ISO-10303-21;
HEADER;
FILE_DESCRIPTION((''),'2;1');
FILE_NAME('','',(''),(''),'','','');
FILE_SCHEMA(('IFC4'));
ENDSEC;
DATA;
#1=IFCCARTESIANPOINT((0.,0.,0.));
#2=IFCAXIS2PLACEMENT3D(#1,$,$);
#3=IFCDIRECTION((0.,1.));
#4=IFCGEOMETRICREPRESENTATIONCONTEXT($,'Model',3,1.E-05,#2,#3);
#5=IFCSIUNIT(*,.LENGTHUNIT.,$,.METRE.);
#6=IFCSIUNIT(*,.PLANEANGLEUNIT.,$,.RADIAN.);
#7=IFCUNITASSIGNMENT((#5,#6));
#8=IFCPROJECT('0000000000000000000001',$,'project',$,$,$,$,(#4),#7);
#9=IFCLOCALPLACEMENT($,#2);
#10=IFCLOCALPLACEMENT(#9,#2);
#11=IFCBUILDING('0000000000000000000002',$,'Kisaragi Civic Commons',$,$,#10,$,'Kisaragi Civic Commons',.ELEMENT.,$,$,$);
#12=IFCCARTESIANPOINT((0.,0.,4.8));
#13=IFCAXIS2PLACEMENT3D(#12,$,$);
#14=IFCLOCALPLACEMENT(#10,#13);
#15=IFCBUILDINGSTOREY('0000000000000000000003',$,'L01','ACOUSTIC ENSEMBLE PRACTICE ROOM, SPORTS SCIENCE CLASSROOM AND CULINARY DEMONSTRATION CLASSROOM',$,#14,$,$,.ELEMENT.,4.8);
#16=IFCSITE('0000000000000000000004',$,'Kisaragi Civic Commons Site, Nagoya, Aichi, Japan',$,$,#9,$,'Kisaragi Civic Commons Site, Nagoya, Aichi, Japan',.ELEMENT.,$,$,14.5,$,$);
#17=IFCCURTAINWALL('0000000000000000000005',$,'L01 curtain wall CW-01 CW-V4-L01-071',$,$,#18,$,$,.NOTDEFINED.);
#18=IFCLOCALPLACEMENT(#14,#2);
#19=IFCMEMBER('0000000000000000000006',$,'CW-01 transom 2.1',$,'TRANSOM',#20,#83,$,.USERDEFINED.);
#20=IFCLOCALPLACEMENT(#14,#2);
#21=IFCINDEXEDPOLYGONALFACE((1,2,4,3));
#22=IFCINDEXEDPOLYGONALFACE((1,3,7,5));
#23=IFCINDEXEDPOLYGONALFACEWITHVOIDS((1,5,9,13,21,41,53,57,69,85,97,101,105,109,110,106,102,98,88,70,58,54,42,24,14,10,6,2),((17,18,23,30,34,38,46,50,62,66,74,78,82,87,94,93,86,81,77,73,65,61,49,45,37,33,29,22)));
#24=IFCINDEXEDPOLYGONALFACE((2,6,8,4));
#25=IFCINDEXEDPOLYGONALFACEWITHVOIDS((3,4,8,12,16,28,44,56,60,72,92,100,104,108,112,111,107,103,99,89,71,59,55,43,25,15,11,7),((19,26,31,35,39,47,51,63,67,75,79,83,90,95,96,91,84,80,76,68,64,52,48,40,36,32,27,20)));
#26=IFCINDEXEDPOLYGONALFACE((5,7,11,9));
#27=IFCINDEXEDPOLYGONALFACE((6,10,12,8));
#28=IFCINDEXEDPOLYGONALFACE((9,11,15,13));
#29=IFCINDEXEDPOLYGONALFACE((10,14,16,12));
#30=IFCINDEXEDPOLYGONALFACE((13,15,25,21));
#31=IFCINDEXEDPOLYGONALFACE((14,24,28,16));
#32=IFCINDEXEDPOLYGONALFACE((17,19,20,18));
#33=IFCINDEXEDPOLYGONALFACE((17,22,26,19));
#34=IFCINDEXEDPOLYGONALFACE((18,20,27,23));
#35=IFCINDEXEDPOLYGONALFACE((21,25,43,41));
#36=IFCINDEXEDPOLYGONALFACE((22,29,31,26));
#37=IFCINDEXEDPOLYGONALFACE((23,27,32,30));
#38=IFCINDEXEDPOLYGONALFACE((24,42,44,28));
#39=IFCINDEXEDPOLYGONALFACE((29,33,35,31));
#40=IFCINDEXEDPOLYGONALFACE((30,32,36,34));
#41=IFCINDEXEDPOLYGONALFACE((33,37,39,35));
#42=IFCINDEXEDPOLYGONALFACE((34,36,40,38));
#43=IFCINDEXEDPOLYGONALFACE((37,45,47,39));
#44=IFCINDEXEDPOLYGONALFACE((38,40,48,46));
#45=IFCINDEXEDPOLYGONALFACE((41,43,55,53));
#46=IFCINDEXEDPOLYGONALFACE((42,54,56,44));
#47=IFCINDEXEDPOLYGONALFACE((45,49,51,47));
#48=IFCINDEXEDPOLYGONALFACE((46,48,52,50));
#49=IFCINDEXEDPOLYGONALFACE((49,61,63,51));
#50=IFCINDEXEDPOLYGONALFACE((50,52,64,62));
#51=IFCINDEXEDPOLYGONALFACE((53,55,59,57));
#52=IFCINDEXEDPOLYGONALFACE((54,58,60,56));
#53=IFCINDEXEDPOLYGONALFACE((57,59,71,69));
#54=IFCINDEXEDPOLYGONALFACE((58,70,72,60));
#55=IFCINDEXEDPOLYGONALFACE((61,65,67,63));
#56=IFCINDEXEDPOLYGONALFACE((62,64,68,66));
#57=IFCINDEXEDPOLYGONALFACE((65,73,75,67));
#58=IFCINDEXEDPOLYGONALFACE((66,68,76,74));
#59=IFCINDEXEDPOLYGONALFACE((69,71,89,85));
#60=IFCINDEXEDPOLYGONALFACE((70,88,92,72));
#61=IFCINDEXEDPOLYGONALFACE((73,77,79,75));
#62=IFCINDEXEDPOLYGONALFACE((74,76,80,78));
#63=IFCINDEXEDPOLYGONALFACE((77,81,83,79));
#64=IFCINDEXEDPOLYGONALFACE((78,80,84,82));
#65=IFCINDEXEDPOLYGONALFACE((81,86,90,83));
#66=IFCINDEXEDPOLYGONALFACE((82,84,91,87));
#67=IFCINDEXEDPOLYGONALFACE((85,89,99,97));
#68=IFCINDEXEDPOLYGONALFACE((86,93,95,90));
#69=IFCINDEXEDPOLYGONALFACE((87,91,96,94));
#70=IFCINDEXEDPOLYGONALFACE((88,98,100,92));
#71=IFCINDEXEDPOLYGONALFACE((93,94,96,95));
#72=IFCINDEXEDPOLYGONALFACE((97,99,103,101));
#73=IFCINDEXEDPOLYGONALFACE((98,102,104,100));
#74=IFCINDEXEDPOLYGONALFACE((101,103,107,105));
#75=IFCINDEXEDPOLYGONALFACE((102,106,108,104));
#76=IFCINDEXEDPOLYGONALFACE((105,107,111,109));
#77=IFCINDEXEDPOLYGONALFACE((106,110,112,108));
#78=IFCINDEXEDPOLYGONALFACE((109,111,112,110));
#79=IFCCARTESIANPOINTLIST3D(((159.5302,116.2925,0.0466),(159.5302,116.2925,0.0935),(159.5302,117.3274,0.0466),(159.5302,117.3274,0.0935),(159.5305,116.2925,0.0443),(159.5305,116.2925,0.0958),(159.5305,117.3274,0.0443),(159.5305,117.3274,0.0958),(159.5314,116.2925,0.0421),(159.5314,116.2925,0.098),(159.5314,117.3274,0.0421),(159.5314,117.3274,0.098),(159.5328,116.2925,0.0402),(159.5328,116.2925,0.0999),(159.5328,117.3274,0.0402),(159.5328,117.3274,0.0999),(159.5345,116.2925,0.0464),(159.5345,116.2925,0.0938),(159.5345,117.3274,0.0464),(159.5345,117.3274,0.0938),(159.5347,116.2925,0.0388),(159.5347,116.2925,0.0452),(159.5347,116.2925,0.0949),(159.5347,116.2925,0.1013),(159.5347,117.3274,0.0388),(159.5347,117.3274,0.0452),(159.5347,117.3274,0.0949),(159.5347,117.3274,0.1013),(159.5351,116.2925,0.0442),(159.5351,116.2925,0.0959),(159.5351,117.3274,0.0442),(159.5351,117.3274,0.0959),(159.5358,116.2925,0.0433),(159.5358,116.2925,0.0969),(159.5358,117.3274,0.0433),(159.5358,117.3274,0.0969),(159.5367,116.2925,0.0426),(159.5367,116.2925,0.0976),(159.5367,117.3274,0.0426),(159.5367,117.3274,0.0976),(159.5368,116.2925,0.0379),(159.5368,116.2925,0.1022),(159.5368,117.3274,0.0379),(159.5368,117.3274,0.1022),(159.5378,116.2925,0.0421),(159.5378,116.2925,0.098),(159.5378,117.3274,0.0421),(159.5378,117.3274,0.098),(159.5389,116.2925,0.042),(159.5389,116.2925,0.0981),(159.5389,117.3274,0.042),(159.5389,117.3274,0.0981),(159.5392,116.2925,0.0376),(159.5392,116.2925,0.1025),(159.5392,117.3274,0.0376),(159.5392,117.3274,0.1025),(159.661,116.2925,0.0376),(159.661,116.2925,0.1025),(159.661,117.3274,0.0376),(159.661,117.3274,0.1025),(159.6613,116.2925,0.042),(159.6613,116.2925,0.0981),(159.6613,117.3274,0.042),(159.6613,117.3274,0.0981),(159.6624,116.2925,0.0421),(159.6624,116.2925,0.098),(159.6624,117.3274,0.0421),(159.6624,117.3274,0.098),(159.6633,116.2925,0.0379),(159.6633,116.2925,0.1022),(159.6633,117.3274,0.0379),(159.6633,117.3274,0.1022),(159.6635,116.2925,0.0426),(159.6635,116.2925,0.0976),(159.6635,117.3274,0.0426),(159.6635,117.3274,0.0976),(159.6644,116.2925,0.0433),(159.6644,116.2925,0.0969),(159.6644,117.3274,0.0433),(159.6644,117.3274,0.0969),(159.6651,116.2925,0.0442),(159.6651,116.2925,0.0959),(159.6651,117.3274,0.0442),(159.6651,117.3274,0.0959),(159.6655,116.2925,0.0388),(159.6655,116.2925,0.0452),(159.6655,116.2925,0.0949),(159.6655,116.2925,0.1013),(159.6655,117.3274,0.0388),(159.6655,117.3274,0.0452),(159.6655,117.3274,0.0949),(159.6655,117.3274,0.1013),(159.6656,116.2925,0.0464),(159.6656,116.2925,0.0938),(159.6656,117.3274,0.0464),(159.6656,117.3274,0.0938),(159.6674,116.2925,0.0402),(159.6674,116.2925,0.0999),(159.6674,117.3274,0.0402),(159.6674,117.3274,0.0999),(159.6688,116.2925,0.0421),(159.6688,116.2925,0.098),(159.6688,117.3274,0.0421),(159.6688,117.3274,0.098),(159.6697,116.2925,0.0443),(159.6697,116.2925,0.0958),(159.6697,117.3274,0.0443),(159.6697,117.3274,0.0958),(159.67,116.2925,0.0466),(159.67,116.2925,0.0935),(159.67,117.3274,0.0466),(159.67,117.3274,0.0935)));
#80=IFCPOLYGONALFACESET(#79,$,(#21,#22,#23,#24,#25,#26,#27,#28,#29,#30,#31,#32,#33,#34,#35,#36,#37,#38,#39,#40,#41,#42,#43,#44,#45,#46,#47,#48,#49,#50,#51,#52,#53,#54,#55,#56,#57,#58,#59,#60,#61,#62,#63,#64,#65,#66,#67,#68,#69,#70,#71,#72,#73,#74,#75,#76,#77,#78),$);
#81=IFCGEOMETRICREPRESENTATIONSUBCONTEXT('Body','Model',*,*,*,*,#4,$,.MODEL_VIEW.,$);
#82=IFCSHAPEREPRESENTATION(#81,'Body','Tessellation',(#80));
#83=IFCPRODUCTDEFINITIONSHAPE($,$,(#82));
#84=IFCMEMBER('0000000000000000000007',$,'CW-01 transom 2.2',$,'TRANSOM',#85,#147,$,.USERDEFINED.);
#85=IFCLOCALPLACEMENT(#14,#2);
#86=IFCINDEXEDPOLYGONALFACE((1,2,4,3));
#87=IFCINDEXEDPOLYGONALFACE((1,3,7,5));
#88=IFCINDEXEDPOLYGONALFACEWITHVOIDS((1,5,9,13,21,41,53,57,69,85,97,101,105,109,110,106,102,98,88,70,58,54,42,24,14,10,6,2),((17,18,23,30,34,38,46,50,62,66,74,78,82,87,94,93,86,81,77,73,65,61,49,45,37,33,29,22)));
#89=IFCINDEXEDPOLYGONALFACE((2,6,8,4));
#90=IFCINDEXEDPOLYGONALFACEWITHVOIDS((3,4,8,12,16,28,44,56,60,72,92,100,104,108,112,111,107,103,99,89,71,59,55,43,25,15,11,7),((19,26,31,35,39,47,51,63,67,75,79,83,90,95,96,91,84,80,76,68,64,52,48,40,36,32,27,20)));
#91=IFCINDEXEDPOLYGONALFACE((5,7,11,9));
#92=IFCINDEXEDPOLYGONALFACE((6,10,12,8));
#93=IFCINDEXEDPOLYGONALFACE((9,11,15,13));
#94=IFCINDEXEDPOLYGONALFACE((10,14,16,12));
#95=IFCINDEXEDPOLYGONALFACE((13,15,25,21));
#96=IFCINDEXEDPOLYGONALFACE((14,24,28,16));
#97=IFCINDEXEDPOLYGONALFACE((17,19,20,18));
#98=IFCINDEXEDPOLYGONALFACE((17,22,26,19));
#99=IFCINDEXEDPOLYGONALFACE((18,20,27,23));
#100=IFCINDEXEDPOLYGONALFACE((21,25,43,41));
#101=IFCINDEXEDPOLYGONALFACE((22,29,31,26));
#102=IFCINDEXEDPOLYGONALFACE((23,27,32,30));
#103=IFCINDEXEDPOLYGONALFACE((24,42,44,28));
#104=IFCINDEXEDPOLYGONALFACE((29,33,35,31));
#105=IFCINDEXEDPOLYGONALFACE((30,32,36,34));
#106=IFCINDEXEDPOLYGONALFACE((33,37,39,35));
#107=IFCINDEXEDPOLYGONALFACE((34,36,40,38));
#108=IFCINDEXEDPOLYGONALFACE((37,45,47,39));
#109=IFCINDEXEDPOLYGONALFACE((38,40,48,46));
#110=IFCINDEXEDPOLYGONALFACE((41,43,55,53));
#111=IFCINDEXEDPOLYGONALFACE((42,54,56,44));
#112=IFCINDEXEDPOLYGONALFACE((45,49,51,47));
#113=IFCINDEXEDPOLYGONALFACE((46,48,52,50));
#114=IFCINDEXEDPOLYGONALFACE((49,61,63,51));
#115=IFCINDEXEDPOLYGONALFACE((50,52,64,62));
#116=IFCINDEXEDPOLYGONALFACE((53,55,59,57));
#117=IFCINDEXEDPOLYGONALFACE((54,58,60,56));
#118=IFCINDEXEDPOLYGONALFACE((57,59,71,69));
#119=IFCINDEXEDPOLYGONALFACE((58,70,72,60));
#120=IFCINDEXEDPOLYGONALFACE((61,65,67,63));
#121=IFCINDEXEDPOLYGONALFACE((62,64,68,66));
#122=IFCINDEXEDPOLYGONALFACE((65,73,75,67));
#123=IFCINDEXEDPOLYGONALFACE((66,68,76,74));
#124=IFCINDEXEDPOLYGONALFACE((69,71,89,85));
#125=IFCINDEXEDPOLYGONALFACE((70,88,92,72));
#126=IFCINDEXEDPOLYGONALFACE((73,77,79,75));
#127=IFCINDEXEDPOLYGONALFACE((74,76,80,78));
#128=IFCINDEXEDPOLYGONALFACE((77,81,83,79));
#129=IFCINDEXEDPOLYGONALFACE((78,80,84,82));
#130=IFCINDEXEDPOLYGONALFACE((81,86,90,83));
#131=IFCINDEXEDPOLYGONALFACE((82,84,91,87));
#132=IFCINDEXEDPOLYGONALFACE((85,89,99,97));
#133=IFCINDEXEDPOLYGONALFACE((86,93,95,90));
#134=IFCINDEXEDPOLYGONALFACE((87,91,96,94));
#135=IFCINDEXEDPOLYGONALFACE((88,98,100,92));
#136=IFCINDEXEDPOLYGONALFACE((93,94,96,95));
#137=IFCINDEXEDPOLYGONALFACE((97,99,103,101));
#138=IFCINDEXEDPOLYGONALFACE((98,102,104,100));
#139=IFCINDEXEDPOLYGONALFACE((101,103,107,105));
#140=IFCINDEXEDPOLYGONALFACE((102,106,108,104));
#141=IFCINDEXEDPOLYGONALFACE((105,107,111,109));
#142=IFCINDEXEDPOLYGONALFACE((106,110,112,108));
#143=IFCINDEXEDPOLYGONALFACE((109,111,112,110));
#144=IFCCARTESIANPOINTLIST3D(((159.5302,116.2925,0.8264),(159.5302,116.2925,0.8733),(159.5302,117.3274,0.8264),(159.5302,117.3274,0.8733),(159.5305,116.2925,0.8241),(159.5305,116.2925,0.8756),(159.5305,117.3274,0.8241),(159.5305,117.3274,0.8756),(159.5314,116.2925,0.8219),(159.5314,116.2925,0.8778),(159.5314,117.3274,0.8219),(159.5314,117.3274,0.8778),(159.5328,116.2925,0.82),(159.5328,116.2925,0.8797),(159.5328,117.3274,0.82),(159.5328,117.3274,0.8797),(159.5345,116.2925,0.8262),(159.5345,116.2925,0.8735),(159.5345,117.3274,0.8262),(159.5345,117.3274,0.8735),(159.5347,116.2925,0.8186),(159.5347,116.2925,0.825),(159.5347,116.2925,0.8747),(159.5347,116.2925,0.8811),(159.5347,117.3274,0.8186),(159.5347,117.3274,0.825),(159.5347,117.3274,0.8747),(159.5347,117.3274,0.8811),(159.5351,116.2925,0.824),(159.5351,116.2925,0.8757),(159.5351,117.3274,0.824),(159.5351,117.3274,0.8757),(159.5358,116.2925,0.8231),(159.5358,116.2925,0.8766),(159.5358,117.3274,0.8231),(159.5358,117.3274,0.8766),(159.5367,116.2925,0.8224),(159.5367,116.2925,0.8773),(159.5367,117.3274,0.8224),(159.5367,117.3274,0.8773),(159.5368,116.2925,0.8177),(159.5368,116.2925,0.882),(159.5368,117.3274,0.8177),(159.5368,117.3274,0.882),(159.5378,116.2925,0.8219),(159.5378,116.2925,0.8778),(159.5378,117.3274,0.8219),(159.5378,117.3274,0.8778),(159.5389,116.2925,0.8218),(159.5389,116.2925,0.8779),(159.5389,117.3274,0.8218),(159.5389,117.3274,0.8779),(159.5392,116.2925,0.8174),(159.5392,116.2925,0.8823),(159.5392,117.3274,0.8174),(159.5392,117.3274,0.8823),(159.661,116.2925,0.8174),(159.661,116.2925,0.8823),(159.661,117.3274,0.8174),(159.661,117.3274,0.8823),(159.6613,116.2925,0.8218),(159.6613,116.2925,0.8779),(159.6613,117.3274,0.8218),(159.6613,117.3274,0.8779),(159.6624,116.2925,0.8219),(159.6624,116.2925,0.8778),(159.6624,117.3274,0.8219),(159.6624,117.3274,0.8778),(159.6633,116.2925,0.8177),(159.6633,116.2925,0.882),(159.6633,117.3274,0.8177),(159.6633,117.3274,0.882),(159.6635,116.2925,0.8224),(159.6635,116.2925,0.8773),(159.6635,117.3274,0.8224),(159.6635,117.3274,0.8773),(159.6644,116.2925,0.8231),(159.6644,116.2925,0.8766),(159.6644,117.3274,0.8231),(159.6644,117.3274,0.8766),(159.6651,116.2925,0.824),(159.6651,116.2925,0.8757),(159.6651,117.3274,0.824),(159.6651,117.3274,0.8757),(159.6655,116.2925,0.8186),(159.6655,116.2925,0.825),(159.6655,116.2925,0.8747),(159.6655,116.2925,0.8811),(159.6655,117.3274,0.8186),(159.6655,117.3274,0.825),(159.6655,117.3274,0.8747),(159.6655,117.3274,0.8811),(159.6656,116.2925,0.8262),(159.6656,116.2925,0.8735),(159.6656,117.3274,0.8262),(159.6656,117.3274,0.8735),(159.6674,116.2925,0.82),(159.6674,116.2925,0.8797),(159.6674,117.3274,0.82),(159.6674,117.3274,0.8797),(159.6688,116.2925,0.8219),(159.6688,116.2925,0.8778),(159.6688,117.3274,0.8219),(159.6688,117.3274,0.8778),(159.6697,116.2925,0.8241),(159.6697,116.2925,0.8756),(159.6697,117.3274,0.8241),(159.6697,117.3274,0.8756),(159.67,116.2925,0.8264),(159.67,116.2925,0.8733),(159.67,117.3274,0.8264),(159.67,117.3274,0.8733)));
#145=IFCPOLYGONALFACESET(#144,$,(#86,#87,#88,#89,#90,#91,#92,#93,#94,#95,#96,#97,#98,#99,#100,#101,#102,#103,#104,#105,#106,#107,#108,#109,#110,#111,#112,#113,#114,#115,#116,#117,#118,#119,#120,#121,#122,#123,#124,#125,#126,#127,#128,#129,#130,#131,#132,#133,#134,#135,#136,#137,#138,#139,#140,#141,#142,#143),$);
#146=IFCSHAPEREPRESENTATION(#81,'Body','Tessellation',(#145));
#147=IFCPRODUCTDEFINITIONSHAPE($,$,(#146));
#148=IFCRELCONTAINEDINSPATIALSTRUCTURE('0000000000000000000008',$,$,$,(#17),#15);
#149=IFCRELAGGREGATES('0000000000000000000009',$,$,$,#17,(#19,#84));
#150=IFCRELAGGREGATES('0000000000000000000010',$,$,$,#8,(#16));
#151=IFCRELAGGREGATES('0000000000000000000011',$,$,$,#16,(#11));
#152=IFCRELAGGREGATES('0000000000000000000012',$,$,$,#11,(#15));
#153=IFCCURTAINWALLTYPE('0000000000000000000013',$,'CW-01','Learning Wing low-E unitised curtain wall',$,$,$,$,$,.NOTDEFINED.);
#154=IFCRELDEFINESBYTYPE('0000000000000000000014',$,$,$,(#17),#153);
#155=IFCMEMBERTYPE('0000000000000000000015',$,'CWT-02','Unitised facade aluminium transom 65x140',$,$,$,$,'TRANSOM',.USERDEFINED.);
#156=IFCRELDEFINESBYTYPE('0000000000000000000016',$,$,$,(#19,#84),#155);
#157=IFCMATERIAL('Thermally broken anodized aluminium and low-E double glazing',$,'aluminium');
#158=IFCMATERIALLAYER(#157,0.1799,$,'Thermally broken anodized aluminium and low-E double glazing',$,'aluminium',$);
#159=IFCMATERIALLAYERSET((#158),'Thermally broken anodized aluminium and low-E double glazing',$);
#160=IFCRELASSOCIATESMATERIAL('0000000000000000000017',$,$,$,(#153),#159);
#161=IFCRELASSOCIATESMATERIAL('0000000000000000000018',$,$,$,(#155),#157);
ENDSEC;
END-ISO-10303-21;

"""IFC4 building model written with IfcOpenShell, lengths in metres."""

from ifc_helpers import new_model, si_unit, direction, frame, origin, origin_2d, place, context, subcontext, project, spatial, hollow_rectangle, extrude, material, layer, layer_set, material_profile, profile_set, type_object, element, aggregate, save


model = new_model("IFC4")

# Units and contexts
model_context = context("Model", 3, precision=1e-05, world=origin(), true_north=direction((0.0, 1.0)))
body_context = subcontext(model_context, "Body", "Model", "MODEL_VIEW")
ifc_project = project(units=[si_unit("LENGTHUNIT", "METRE"), si_unit("PLANEANGLEUNIT", "RADIAN")], contexts=[model_context])

# Site, building, storey
site_placement = place(None, origin())
site = spatial("IfcSite", under=ifc_project, at=site_placement, Name="Kisaragi Civic Commons Site, Nagoya, Aichi, Japan", LongName="Kisaragi Civic Commons Site, Nagoya, Aichi, Japan", CompositionType="ELEMENT", RefElevation=14.5)
building_placement = place(site_placement, origin())
building = spatial("IfcBuilding", under=site, at=building_placement, Name="Kisaragi Civic Commons", LongName="Kisaragi Civic Commons", CompositionType="ELEMENT")
storey_placement = place(building_placement, frame((0.0, 0.0, 4.8)))
storey = spatial("IfcBuildingStorey", under=building, at=storey_placement, Name="L01", Description="ACOUSTIC ENSEMBLE PRACTICE ROOM, SPORTS SCIENCE CLASSROOM AND CULINARY DEMONSTRATION CLASSROOM", CompositionType="ELEMENT", Elevation=4.8)

# Curtain wall, members
ifc_material_1 = material(Name="Thermally broken anodized aluminium and low-E double glazing", Category="aluminium")
ifc_layer_1 = layer(ifc_material_1, 0.1799, Name="Thermally broken anodized aluminium and low-E double glazing", Category="aluminium")
ifc_layer_set_1 = layer_set([ifc_layer_1], Name="Thermally broken anodized aluminium and low-E double glazing")
curtain_wall_type = type_object("IfcCurtainWallType", Name="CW-01", Description="Learning Wing low-E unitised curtain wall", PredefinedType="NOTDEFINED", material=ifc_layer_set_1)
curtain_wall_placement = place(storey_placement, origin())
curtain_wall = element("IfcCurtainWall", 1, at=curtain_wall_placement, inside=storey, type_object=curtain_wall_type, Name="L01 curtain wall CW-01 CW-V4-L01-071", PredefinedType="NOTDEFINED")
ifc_material_profile_1 = material_profile(ifc_material_1, hollow_rectangle(XDim=0.1399, YDim=0.0649, WallThickness=0.0044, InnerFilletRadius=0.0044, OuterFilletRadius=0.009, at=origin_2d()), Name="CWT-65x140x4.5", Category="aluminium")
ifc_profile_set_1 = profile_set([ifc_material_profile_1], Name="Thermally broken anodized aluminium and low-E double glazing")
member_type_1 = type_object("IfcMemberType", Name="CWT-02", Description="Unitised facade aluminium transom 65x140", ElementType="TRANSOM", PredefinedType="USERDEFINED", material=ifc_profile_set_1)
member_1_placement = place(storey_placement, frame((159.6001, 117.3274, 0.0701), z_axis=(0.0, -1.0, 0.0), x_axis=(1.0, 0.0, 0.0)))
member_1 = element("IfcMember", 2, at=member_1_placement, type_object=member_type_1, Name="CW-01 transom 2.1", ObjectType="TRANSOM", PredefinedType="USERDEFINED", context=body_context, shape_type="SweptSolid", body=[
    extrude(hollow_rectangle(XDim=0.1399, YDim=0.0649, WallThickness=0.0044, InnerFilletRadius=0.0044, OuterFilletRadius=0.009, at=origin_2d()), origin(), (0.0, 0.0, 1.0), 1.0349),
])
member_2_placement = place(storey_placement, frame((159.6001, 117.3274, 0.8499), z_axis=(0.0, -1.0, 0.0), x_axis=(1.0, 0.0, 0.0)))
member_2 = element("IfcMember", 3, at=member_2_placement, type_object=member_type_1, Name="CW-01 transom 2.2", ObjectType="TRANSOM", PredefinedType="USERDEFINED", context=body_context, shape_type="SweptSolid", body=[
    extrude(hollow_rectangle(XDim=0.1399, YDim=0.0649, WallThickness=0.0044, InnerFilletRadius=0.0044, OuterFilletRadius=0.009, at=origin_2d()), origin(), (0.0, 0.0, 1.0), 1.0349),
])
aggregate(curtain_wall, [member_1, member_2])

save(model, "model.ifc")
